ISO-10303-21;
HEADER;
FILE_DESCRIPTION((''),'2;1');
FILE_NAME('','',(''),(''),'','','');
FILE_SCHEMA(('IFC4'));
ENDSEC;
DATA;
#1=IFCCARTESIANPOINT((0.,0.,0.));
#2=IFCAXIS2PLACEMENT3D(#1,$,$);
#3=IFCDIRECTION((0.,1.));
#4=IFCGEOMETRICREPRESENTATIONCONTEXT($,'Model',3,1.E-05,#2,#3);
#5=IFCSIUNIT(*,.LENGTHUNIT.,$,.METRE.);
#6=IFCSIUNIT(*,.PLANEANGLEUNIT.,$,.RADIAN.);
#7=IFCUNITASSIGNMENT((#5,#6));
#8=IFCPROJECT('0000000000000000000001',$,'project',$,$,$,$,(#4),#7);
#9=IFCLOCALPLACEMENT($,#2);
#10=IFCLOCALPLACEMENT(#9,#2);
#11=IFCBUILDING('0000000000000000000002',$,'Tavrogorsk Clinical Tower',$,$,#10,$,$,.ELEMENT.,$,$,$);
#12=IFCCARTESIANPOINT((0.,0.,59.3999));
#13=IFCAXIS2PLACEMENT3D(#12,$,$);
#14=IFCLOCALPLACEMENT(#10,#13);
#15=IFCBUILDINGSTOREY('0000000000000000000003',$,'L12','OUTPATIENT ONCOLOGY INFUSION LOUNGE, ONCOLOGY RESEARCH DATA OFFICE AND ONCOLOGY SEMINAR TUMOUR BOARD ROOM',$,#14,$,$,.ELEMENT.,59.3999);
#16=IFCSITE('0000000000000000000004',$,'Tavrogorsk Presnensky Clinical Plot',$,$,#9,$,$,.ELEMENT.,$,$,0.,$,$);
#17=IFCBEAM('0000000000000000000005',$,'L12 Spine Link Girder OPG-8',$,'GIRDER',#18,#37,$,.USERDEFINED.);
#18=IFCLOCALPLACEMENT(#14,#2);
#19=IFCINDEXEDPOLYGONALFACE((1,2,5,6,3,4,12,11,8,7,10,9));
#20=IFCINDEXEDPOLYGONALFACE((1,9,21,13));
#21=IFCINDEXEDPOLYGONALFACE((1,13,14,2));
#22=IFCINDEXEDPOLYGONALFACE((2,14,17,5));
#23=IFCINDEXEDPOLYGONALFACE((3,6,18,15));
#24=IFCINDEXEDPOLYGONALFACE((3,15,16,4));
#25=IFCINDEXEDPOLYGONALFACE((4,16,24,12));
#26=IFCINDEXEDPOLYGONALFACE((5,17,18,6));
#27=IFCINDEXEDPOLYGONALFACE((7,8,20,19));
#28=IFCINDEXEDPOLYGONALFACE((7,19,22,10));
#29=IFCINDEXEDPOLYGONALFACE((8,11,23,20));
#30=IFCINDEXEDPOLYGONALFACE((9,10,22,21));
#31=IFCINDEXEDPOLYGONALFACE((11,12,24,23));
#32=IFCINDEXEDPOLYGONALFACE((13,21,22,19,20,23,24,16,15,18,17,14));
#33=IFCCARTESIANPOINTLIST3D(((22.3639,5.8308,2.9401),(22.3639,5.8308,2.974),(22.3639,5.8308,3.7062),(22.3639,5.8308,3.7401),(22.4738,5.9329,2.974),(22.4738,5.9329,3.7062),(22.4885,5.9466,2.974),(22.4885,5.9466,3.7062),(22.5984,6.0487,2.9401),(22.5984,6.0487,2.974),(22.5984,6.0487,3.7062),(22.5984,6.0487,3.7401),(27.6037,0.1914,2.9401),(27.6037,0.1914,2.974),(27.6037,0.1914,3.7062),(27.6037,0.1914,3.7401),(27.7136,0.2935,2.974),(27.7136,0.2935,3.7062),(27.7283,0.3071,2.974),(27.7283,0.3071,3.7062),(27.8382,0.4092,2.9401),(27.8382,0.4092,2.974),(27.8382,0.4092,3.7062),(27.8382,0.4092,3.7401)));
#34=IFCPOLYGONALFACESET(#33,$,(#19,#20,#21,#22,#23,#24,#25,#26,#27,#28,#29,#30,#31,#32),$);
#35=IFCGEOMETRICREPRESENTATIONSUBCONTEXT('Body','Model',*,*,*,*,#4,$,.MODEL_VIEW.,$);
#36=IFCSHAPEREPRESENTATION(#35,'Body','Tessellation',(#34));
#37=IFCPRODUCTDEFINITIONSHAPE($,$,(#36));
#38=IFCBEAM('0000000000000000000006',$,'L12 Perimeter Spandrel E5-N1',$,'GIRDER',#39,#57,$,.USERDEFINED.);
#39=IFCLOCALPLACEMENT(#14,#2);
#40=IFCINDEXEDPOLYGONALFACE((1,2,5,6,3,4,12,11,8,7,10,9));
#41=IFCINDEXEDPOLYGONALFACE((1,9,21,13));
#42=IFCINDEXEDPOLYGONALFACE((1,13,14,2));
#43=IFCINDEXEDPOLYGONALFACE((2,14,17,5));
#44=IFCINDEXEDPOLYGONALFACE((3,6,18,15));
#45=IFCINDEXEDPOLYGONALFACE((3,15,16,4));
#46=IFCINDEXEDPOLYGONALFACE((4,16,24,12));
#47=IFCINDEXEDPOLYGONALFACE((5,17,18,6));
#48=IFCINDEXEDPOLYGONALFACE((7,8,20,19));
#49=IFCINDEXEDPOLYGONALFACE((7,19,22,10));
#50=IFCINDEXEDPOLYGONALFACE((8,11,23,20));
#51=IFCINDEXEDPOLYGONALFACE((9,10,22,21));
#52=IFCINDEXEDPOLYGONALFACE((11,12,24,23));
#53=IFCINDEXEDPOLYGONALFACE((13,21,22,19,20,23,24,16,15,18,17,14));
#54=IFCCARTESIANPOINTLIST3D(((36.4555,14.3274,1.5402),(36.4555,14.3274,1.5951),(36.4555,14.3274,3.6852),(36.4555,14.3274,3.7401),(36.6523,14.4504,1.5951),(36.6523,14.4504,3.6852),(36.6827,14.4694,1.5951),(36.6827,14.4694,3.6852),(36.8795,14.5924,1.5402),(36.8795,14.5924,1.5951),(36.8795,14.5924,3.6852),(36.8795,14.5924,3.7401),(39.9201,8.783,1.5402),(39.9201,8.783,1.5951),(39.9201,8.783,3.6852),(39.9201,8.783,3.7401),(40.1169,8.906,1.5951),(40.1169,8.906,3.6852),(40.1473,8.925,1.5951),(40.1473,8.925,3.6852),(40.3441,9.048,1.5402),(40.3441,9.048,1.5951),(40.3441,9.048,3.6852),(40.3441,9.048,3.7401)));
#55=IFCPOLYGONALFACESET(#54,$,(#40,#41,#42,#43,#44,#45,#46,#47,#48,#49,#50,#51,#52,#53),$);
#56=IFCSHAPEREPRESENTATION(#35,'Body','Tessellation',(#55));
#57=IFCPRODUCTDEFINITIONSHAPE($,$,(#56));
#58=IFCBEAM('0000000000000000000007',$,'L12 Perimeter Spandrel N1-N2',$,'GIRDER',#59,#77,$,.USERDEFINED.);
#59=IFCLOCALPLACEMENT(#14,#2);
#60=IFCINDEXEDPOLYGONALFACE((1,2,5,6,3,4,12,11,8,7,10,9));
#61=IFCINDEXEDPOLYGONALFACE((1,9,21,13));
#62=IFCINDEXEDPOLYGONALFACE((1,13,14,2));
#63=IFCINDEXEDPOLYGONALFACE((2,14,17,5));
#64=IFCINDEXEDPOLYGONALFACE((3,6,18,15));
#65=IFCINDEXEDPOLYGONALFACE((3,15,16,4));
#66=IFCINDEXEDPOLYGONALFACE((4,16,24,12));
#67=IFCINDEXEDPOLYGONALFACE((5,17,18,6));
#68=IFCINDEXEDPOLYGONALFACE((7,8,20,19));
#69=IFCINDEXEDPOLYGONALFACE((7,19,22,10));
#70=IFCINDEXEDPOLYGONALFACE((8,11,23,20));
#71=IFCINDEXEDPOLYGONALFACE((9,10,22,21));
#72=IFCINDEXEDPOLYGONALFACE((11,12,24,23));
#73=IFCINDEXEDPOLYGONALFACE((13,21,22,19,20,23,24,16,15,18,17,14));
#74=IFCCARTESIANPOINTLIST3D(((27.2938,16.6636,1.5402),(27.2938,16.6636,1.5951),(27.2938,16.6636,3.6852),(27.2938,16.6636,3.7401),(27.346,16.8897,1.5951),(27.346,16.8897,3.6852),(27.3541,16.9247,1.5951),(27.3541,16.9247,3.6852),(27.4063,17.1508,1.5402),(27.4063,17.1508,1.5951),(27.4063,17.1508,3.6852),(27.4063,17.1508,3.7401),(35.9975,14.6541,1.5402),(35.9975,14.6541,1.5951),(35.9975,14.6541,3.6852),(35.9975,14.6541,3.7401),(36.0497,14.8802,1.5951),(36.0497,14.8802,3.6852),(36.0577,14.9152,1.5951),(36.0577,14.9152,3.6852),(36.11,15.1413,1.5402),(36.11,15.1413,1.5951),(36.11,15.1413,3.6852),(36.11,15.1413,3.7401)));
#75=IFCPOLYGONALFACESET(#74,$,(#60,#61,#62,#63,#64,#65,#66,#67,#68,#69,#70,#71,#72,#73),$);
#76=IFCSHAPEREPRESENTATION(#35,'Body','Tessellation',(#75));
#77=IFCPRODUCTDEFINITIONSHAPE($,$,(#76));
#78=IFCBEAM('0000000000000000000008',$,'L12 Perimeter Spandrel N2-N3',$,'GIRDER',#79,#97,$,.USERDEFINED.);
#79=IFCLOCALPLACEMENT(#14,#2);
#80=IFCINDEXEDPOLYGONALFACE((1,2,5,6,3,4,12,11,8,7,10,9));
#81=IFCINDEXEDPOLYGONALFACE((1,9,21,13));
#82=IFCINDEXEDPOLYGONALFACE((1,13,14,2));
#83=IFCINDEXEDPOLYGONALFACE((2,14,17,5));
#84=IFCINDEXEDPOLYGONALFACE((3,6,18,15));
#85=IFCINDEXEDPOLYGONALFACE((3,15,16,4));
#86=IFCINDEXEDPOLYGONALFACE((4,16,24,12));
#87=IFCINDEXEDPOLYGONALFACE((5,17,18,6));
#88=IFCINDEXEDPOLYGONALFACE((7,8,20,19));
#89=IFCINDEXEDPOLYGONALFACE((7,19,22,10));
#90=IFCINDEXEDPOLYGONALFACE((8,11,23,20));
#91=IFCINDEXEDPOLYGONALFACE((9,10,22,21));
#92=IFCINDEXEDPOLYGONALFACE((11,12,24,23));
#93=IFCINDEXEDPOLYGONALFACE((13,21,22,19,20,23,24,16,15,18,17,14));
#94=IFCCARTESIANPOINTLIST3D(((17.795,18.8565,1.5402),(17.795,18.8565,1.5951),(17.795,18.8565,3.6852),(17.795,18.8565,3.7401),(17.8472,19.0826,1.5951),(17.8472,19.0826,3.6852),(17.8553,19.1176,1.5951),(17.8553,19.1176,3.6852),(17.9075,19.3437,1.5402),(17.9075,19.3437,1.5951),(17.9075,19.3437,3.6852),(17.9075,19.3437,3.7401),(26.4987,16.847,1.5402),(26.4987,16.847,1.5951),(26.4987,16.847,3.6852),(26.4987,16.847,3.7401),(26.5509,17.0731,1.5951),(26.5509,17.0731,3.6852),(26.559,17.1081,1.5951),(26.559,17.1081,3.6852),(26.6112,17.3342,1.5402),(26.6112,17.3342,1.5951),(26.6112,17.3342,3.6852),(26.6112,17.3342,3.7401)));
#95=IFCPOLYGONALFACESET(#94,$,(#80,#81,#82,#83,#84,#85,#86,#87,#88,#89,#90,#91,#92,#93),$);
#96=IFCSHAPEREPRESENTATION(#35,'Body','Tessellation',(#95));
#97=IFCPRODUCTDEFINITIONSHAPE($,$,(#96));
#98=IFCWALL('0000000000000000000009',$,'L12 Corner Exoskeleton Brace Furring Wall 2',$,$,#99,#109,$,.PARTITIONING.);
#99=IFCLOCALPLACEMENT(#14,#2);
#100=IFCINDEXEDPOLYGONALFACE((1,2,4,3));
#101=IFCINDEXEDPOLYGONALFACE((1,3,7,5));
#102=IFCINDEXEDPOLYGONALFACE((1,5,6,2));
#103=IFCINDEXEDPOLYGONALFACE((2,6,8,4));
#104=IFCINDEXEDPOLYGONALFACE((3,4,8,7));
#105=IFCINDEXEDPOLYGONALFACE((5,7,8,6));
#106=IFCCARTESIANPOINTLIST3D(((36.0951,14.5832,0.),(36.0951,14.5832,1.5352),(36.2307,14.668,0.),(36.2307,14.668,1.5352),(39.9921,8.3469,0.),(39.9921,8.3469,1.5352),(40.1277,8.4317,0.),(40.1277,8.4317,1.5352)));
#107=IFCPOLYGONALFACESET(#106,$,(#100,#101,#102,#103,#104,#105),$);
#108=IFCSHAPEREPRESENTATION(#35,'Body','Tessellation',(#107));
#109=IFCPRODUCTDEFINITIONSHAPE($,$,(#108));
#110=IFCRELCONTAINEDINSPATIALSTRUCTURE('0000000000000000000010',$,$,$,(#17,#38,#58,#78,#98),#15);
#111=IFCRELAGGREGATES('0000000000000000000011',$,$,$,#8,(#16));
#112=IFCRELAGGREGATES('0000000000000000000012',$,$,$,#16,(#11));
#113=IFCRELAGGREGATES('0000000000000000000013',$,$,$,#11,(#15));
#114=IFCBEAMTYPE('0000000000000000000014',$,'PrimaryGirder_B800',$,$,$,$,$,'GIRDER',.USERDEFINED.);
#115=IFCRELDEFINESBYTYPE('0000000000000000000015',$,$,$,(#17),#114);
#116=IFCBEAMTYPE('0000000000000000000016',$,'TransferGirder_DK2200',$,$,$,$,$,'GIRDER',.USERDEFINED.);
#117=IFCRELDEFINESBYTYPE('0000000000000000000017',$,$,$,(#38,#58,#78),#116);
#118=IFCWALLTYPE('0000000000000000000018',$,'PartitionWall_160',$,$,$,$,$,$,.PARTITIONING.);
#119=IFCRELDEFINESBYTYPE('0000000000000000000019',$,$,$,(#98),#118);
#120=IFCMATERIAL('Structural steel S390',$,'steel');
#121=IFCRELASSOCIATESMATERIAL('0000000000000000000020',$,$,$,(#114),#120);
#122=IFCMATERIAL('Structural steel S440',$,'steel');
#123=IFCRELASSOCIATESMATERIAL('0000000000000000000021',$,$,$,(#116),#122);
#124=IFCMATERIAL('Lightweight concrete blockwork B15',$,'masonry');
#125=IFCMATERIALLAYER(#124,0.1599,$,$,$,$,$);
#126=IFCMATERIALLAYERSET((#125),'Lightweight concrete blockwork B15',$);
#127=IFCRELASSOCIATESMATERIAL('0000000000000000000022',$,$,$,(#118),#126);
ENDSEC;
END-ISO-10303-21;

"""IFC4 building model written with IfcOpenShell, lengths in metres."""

from ifc_helpers import new_model, si_unit, direction, frame, frame_2d, origin, origin_2d, place, context, subcontext, project, spatial, rectangle, i_section, extrude, material, layer, layer_set, material_profile, profile_set, type_object, element, save


model = new_model("IFC4")

# Units and contexts
model_context = context("Model", 3, precision=1e-05, world=origin(), true_north=direction((0.0, 1.0)))
body_context = subcontext(model_context, "Body", "Model", "MODEL_VIEW")
ifc_project = project(units=[si_unit("LENGTHUNIT", "METRE"), si_unit("PLANEANGLEUNIT", "RADIAN")], contexts=[model_context])

# Site, building, storey
site_placement = place(None, origin())
site = spatial("IfcSite", under=ifc_project, at=site_placement, Name="Tavrogorsk Presnensky Clinical Plot", CompositionType="ELEMENT", RefElevation=0.0)
building_placement = place(site_placement, origin())
building = spatial("IfcBuilding", under=site, at=building_placement, Name="Tavrogorsk Clinical Tower", CompositionType="ELEMENT")
storey_placement = place(building_placement, frame((0.0, 0.0, 59.3999)))
storey = spatial("IfcBuildingStorey", under=building, at=storey_placement, Name="L12", Description="OUTPATIENT ONCOLOGY INFUSION LOUNGE, ONCOLOGY RESEARCH DATA OFFICE AND ONCOLOGY SEMINAR TUMOUR BOARD ROOM", CompositionType="ELEMENT", Elevation=59.3999)

# Beams
ifc_material_1 = material(Name="Structural steel S390", Category="steel")
ifc_material_profile_1 = material_profile(ifc_material_1, i_section(OverallWidth=0.3201, OverallDepth=0.8, WebThickness=0.02, FlangeThickness=0.0339, at=origin_2d()), Name="B-800x320x20x34")
ifc_profile_set_1 = profile_set([ifc_material_profile_1], Name="Structural steel S390")
beam_type_1 = type_object("IfcBeamType", Name="PrimaryGirder_B800", ElementType="GIRDER", PredefinedType="USERDEFINED", material=ifc_profile_set_1)
beam_1_placement = place(storey_placement, frame((27.7209, 0.3003, 3.3401), z_axis=(-0.680671, 0.732589, 0.0), x_axis=(-0.732589, -0.680671, 0.0)))
element("IfcBeam", 1, at=beam_1_placement, inside=storey, type_object=beam_type_1, Name="L12 Spine Link Girder OPG-8", ObjectType="GIRDER", PredefinedType="USERDEFINED", context=body_context, shape_type="SweptSolid", body=[
    extrude(i_section(OverallWidth=0.3201, OverallDepth=0.8, WebThickness=0.02, FlangeThickness=0.0339, at=origin_2d()), origin(), (0.0, 0.0, 1.0), 7.698),
])
ifc_material_2 = material(Name="Structural steel S440", Category="steel")
ifc_material_profile_2 = material_profile(ifc_material_2, i_section(OverallWidth=0.5, OverallDepth=2.2, WebThickness=0.0359, FlangeThickness=0.0549, at=origin_2d()), Name="DK-2200x500x36x55")
ifc_profile_set_2 = profile_set([ifc_material_profile_2], Name="Structural steel S440")
beam_type_2 = type_object("IfcBeamType", Name="TransferGirder_DK2200", ElementType="GIRDER", PredefinedType="USERDEFINED", material=ifc_profile_set_2)
beam_2_placement = place(storey_placement, frame((40.1321, 8.9155, 2.6401), z_axis=(-0.529925, 0.848044, 0.0), x_axis=(-0.848044, -0.529925, 0.0)))
element("IfcBeam", 2, at=beam_2_placement, inside=storey, type_object=beam_type_2, Name="L12 Perimeter Spandrel E5-N1", ObjectType="GIRDER", PredefinedType="USERDEFINED", context=body_context, shape_type="SweptSolid", body=[
    extrude(i_section(OverallWidth=0.5, OverallDepth=2.2, WebThickness=0.0359, FlangeThickness=0.0549, at=origin_2d()), origin(), (0.0, 0.0, 1.0), 6.5378),
])
for number, where, z_axis, x_axis, name in (
    (3, (36.0537, 14.8977, 2.6401), (-0.974367, 0.224965, 0.0), (-0.224965, -0.974367, 0.0), "L12 Perimeter Spandrel N1-N2"),
    (4, (26.5549, 17.0906, 2.6401), (-0.974367, 0.224965, 0.0), (-0.224965, -0.974367, 0.0), "L12 Perimeter Spandrel N2-N3"),
):
    element("IfcBeam", number, at=place(storey_placement, frame(where, z_axis=z_axis, x_axis=x_axis)), inside=storey, type_object=beam_type_2, Name=name, ObjectType="GIRDER", PredefinedType="USERDEFINED", context=body_context, shape_type="SweptSolid", body=[
        extrude(i_section(OverallWidth=0.5, OverallDepth=2.2, WebThickness=0.0359, FlangeThickness=0.0549, at=origin_2d()), origin(), (0.0, 0.0, 1.0), 8.9326),
    ])

# Wall
ifc_material_3 = material(Name="Lightweight concrete blockwork B15", Category="masonry")
ifc_layer_1 = layer(ifc_material_3, 0.1599)
ifc_layer_set_1 = layer_set([ifc_layer_1], Name="Lightweight concrete blockwork B15")
wall_type_1 = type_object("IfcWallType", Name="PartitionWall_160", PredefinedType="PARTITIONING", material=ifc_layer_set_1)
wall_1_placement = place(storey_placement, frame((40.0598, 8.3894, 0.0), z_axis=(0.0, 0.0, 1.0), x_axis=(-0.529927, 0.848043, 0.0)))
element("IfcWall", 5, at=wall_1_placement, inside=storey, type_object=wall_type_1, Name="L12 Corner Exoskeleton Brace Furring Wall 2", PredefinedType="PARTITIONING", context=body_context, shape_type="SweptSolid", body=[
    extrude(rectangle(XDim=7.3538, YDim=0.1599, at=frame_2d((3.6768, 0.0))), origin(), (0.0, 0.0, 1.0), 1.5352),
])

save(model, "model.ifc")
